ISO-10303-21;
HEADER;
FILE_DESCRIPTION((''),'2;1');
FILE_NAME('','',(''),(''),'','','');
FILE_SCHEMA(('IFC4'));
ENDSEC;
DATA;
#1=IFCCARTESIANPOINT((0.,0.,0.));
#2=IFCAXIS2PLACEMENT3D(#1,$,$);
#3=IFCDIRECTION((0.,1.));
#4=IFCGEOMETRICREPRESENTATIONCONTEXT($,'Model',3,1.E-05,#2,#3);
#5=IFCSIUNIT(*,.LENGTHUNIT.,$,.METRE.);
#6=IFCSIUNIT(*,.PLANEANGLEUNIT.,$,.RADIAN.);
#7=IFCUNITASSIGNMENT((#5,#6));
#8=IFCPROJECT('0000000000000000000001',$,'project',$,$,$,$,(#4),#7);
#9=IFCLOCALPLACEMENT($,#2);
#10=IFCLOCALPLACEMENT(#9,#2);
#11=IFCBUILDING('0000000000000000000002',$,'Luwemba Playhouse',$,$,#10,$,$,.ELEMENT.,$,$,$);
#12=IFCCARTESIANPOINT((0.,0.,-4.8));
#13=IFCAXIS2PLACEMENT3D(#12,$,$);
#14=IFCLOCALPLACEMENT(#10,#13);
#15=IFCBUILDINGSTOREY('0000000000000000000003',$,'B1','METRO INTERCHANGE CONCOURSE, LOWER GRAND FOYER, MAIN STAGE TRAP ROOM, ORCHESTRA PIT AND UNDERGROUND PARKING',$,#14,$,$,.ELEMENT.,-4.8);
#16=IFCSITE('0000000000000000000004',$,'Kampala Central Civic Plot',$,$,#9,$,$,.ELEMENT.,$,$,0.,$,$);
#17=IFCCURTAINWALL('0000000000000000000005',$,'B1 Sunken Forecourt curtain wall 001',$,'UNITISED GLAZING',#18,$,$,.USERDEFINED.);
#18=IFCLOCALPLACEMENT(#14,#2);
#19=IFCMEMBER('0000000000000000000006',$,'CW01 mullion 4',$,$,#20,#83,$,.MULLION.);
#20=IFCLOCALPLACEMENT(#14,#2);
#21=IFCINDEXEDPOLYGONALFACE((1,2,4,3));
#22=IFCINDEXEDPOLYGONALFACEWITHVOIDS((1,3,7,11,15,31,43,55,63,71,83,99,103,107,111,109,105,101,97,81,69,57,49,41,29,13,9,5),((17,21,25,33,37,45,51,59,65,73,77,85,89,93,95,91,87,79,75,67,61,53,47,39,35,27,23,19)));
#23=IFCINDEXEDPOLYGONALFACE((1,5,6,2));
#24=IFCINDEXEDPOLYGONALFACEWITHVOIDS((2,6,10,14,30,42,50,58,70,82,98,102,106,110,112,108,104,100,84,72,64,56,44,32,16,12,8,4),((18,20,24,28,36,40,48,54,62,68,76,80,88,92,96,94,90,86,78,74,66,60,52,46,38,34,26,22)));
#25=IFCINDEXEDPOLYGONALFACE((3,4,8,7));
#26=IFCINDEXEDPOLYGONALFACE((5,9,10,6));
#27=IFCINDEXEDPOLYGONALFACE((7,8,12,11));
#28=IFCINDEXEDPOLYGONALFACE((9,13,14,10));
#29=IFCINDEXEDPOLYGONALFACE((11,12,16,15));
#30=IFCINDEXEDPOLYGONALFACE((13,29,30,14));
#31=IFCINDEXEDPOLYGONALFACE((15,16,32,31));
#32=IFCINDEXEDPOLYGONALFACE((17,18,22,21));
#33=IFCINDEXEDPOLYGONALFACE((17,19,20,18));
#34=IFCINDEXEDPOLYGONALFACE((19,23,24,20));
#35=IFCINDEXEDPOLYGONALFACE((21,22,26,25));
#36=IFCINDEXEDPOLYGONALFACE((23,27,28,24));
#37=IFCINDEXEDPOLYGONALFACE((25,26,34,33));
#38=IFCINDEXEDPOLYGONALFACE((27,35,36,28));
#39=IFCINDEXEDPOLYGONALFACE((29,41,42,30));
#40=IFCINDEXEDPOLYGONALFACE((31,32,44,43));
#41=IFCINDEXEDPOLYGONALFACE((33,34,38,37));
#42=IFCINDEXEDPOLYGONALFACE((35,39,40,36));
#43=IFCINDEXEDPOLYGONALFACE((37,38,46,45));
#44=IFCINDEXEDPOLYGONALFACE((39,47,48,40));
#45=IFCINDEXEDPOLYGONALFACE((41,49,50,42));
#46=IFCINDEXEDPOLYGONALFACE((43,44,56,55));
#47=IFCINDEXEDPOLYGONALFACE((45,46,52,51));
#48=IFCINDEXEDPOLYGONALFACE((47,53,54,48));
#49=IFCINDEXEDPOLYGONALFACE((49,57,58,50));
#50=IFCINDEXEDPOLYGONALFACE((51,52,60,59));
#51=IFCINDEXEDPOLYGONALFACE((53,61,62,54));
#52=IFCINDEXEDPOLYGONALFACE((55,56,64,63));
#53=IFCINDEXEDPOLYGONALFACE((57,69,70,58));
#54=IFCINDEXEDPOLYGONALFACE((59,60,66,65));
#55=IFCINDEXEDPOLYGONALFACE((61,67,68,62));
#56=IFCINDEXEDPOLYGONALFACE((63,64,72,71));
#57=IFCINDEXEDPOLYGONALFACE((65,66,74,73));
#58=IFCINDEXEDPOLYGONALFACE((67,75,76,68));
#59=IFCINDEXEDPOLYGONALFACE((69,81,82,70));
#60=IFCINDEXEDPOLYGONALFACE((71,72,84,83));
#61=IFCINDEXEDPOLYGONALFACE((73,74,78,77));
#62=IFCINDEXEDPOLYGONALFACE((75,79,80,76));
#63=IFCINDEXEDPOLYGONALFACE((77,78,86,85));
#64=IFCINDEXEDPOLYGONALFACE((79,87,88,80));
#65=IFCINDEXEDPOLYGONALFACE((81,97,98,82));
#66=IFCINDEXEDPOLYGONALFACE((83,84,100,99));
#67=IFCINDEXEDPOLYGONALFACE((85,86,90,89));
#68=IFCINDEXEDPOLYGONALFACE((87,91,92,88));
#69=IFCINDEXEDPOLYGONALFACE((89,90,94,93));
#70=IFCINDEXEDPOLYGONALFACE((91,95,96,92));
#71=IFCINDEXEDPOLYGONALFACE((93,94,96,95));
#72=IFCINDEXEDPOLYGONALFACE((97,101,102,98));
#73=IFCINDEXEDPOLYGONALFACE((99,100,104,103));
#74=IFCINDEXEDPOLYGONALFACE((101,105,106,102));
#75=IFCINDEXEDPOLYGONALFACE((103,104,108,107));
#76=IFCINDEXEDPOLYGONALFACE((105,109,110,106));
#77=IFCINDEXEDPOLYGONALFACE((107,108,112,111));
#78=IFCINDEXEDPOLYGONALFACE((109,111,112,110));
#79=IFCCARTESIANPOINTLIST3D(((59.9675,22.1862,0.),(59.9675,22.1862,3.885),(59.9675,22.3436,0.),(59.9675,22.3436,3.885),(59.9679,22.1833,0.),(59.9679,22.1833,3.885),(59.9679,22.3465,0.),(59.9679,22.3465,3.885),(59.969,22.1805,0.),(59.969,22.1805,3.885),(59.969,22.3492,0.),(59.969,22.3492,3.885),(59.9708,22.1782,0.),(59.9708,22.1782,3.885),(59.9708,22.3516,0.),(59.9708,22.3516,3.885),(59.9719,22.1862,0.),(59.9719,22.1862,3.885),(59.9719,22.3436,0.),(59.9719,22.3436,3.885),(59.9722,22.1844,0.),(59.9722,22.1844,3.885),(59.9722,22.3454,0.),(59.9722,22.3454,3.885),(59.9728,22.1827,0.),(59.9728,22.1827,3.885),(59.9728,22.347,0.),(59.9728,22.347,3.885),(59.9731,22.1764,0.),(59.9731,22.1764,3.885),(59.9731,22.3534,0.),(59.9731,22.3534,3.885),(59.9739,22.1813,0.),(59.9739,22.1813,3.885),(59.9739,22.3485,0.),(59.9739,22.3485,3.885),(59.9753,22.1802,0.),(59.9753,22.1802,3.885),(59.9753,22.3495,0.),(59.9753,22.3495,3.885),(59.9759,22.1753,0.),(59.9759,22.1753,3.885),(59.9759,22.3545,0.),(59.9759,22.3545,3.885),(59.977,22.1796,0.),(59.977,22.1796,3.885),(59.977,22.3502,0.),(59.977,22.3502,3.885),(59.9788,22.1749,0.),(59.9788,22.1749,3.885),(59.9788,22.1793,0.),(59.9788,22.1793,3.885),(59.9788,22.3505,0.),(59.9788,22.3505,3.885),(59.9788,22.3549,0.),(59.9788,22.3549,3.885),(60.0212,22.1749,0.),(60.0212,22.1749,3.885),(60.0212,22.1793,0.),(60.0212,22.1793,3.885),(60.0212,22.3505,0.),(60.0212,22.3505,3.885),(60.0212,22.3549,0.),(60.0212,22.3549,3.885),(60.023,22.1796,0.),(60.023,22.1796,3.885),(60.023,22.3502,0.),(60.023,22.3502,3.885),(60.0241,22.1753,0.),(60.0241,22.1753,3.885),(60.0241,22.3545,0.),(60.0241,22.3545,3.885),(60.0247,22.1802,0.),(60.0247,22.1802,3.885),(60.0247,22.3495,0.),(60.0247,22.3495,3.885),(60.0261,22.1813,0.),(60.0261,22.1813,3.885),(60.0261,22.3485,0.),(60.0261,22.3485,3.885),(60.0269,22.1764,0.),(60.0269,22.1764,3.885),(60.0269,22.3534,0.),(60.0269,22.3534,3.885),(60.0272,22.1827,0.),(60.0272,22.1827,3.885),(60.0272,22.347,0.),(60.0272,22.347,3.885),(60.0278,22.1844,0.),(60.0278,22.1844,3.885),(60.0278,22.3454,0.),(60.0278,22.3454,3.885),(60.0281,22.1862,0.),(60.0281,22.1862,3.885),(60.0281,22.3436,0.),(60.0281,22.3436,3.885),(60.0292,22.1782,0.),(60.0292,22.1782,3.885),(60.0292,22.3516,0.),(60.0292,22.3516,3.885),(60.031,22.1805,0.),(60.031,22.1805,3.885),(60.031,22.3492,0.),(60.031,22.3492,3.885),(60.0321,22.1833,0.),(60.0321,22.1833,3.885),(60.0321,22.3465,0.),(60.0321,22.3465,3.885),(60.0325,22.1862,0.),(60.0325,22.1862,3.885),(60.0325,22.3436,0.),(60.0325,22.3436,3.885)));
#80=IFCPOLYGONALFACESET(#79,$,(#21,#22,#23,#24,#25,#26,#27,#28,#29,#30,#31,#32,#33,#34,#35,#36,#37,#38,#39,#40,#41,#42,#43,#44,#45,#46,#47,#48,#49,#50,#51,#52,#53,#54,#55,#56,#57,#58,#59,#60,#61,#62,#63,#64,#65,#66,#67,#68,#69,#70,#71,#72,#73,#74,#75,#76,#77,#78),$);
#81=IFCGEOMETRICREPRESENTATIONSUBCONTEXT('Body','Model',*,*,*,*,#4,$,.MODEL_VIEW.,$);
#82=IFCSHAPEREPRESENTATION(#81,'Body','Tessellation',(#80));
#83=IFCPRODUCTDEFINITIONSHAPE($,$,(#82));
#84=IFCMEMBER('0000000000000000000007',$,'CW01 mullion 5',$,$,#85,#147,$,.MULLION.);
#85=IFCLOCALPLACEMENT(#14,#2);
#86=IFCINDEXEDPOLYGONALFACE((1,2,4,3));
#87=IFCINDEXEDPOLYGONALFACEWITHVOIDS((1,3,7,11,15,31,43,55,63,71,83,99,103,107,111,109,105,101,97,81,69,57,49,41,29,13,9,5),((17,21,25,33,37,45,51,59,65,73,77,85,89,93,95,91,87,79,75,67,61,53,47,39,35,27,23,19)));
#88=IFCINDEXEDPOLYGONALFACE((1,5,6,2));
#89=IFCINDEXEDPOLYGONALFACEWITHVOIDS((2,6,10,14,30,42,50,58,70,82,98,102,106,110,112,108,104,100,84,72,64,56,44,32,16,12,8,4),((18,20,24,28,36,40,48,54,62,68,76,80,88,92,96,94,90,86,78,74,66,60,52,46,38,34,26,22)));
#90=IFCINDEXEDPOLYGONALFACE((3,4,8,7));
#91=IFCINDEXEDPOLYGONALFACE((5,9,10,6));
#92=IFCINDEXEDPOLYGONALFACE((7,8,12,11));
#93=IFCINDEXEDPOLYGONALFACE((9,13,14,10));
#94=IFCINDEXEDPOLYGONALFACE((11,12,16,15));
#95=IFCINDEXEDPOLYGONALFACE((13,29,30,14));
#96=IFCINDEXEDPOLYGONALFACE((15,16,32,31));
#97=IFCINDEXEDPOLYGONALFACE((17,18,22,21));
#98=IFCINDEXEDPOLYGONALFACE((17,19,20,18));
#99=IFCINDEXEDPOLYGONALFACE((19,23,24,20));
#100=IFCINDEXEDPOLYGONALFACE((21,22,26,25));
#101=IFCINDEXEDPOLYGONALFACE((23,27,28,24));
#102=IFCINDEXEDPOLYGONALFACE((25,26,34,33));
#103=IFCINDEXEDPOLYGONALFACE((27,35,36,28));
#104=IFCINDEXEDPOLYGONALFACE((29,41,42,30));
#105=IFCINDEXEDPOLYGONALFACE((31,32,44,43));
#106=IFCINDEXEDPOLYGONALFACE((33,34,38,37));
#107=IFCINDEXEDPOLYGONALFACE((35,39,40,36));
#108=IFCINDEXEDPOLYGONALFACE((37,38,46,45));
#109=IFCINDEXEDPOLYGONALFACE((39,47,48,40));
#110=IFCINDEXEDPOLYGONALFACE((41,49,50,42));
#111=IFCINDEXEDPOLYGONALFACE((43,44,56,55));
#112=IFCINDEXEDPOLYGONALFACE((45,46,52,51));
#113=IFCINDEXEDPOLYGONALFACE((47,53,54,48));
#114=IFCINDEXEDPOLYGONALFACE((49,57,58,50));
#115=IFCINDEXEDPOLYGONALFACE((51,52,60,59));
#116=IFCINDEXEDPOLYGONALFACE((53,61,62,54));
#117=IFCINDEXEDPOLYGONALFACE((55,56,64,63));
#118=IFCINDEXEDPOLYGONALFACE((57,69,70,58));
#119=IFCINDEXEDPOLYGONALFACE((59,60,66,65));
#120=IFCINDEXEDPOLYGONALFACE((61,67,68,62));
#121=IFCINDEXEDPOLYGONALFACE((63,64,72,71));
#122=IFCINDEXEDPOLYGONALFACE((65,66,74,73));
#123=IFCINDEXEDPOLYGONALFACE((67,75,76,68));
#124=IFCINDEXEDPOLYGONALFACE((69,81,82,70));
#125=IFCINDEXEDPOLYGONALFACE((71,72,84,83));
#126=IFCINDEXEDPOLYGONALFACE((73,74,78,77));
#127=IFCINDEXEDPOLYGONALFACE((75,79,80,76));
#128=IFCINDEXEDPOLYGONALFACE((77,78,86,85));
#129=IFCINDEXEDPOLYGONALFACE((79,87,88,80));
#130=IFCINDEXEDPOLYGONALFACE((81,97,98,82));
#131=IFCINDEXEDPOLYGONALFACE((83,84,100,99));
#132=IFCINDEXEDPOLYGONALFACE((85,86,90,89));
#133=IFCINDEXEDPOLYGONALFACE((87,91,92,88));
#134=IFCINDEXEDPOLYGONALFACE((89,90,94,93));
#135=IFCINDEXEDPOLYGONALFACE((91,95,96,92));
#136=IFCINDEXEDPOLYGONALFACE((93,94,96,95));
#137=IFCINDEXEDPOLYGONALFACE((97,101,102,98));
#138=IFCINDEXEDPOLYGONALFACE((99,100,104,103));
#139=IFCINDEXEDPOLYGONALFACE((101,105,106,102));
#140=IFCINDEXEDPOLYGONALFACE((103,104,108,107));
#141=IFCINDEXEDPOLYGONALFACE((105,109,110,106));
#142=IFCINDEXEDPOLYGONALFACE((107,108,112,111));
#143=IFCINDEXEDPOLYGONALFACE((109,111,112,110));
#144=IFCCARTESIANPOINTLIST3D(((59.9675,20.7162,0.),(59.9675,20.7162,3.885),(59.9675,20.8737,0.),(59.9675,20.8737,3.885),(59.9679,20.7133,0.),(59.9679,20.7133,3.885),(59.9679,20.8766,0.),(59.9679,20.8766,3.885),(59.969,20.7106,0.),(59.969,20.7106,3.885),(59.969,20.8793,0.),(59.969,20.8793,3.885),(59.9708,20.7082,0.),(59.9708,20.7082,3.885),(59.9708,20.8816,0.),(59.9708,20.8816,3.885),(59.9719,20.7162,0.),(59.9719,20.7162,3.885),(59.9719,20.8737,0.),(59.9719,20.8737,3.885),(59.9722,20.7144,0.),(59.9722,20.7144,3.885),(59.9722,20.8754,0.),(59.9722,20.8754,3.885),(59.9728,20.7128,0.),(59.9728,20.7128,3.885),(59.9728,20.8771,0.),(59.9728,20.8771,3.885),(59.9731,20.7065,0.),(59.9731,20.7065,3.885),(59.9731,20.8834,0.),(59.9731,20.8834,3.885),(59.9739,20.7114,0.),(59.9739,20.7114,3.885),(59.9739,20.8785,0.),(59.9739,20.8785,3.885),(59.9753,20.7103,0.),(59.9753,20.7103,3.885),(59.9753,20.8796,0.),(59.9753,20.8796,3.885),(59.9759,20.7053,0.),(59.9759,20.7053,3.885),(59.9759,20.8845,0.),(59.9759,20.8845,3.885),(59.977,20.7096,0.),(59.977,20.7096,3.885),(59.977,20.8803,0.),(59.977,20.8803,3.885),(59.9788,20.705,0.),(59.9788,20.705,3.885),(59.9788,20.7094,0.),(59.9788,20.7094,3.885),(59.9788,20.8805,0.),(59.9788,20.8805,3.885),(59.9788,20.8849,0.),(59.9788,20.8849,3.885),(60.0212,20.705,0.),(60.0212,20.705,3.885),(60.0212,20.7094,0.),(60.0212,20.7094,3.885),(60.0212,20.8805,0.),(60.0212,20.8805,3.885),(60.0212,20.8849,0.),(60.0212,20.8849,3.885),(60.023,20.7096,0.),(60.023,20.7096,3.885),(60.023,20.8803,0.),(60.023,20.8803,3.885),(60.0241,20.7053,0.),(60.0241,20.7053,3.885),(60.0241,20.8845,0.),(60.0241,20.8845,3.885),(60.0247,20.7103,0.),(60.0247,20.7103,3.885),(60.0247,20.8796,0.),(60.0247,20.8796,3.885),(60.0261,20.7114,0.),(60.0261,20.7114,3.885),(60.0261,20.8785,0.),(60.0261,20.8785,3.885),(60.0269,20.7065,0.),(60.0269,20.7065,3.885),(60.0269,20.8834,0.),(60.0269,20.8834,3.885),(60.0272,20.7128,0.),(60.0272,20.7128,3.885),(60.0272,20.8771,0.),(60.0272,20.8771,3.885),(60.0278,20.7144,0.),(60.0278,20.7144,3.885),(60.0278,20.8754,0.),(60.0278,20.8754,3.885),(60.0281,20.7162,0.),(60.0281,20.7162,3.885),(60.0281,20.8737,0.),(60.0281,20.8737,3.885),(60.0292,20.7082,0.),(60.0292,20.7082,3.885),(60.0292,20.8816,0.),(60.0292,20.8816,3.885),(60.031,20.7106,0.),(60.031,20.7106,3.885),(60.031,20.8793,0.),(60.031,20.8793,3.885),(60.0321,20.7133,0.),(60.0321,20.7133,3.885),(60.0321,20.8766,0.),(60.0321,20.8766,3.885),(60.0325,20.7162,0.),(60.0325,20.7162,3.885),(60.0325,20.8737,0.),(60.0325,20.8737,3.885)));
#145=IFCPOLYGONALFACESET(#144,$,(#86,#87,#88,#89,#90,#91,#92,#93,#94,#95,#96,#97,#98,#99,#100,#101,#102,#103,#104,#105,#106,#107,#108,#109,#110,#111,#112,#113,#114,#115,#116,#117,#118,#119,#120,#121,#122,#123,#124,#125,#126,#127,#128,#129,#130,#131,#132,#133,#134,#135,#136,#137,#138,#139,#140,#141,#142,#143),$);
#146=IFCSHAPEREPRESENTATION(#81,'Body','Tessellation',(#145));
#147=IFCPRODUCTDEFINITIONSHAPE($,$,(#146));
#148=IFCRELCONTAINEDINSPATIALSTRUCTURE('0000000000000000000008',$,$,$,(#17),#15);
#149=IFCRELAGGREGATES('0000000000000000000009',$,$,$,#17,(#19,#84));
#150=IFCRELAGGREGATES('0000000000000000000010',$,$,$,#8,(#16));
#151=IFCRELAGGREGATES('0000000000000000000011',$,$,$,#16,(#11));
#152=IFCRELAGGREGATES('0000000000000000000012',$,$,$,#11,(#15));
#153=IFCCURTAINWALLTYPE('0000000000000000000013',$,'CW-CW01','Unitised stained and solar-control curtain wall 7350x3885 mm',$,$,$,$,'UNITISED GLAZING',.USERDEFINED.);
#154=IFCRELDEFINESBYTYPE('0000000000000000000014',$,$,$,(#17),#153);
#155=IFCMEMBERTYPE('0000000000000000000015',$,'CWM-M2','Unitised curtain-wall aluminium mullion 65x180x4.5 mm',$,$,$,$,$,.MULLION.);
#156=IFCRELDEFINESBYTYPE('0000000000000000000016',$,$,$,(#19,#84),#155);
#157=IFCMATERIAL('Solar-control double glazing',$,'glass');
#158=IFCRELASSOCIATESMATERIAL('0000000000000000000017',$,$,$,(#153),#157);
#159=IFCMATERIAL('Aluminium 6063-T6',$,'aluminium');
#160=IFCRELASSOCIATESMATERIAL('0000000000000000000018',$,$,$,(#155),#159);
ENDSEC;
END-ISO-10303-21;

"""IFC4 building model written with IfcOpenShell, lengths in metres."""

from ifc_helpers import new_model, si_unit, direction, frame, origin, origin_2d, place, context, subcontext, project, spatial, hollow_rectangle, extrude, material, material_profile, profile_set, type_object, element, aggregate, save


model = new_model("IFC4")

# Units and contexts
model_context = context("Model", 3, precision=1e-05, world=origin(), true_north=direction((0.0, 1.0)))
body_context = subcontext(model_context, "Body", "Model", "MODEL_VIEW")
ifc_project = project(units=[si_unit("LENGTHUNIT", "METRE"), si_unit("PLANEANGLEUNIT", "RADIAN")], contexts=[model_context])

# Site, building, storey
site_placement = place(None, origin())
site = spatial("IfcSite", under=ifc_project, at=site_placement, Name="Kampala Central Civic Plot", CompositionType="ELEMENT", RefElevation=0.0)
building_placement = place(site_placement, origin())
building = spatial("IfcBuilding", under=site, at=building_placement, Name="Luwemba Playhouse", CompositionType="ELEMENT")
storey_placement = place(building_placement, frame((0.0, 0.0, -4.8)))
storey = spatial("IfcBuildingStorey", under=building, at=storey_placement, Name="B1", Description="METRO INTERCHANGE CONCOURSE, LOWER GRAND FOYER, MAIN STAGE TRAP ROOM, ORCHESTRA PIT AND UNDERGROUND PARKING", CompositionType="ELEMENT", Elevation=-4.8)

# Curtain wall, members
ifc_material_1 = material(Name="Solar-control double glazing", Category="glass")
curtain_wall_type = type_object("IfcCurtainWallType", Name="CW-CW01", Description="Unitised stained and solar-control curtain wall 7350x3885 mm", ElementType="UNITISED GLAZING", PredefinedType="USERDEFINED", material=ifc_material_1)
curtain_wall_placement = place(storey_placement, origin())
curtain_wall = element("IfcCurtainWall", 1, at=curtain_wall_placement, inside=storey, type_object=curtain_wall_type, Name="B1 Sunken Forecourt curtain wall 001", ObjectType="UNITISED GLAZING", PredefinedType="USERDEFINED")
ifc_material_2 = material(Name="Aluminium 6063-T6", Category="aluminium")
ifc_material_profile_1 = material_profile(ifc_material_2, hollow_rectangle(XDim=0.0649, YDim=0.1799, WallThickness=0.0044, InnerFilletRadius=0.0068, OuterFilletRadius=0.0112, at=origin_2d()))
ifc_profile_set_1 = profile_set([ifc_material_profile_1], Name="Aluminium 6063-T6")
member_type_1 = type_object("IfcMemberType", Name="CWM-M2", Description="Unitised curtain-wall aluminium mullion 65x180x4.5 mm", PredefinedType="MULLION", material=ifc_profile_set_1)
member_1_placement = place(storey_placement, frame((60.0, 22.2649, 0.0), z_axis=(0.0, 0.0, 1.0), x_axis=(1.0, 0.0, 0.0)))
member_1 = element("IfcMember", 2, at=member_1_placement, type_object=member_type_1, Name="CW01 mullion 4", PredefinedType="MULLION", context=body_context, shape_type="SweptSolid", body=[
    extrude(hollow_rectangle(XDim=0.0649, YDim=0.1799, WallThickness=0.0044, InnerFilletRadius=0.0068, OuterFilletRadius=0.0112, at=origin_2d()), origin(), (0.0, 0.0, 1.0), 3.885),
])
member_2_placement = place(storey_placement, frame((60.0, 20.7949, 0.0), z_axis=(0.0, 0.0, 1.0), x_axis=(1.0, 0.0, 0.0)))
member_2 = element("IfcMember", 3, at=member_2_placement, type_object=member_type_1, Name="CW01 mullion 5", PredefinedType="MULLION", context=body_context, shape_type="SweptSolid", body=[
    extrude(hollow_rectangle(XDim=0.0649, YDim=0.1799, WallThickness=0.0044, InnerFilletRadius=0.0068, OuterFilletRadius=0.0112, at=origin_2d()), origin(), (0.0, 0.0, 1.0), 3.885),
])
aggregate(curtain_wall, [member_1, member_2])

save(model, "model.ifc")
